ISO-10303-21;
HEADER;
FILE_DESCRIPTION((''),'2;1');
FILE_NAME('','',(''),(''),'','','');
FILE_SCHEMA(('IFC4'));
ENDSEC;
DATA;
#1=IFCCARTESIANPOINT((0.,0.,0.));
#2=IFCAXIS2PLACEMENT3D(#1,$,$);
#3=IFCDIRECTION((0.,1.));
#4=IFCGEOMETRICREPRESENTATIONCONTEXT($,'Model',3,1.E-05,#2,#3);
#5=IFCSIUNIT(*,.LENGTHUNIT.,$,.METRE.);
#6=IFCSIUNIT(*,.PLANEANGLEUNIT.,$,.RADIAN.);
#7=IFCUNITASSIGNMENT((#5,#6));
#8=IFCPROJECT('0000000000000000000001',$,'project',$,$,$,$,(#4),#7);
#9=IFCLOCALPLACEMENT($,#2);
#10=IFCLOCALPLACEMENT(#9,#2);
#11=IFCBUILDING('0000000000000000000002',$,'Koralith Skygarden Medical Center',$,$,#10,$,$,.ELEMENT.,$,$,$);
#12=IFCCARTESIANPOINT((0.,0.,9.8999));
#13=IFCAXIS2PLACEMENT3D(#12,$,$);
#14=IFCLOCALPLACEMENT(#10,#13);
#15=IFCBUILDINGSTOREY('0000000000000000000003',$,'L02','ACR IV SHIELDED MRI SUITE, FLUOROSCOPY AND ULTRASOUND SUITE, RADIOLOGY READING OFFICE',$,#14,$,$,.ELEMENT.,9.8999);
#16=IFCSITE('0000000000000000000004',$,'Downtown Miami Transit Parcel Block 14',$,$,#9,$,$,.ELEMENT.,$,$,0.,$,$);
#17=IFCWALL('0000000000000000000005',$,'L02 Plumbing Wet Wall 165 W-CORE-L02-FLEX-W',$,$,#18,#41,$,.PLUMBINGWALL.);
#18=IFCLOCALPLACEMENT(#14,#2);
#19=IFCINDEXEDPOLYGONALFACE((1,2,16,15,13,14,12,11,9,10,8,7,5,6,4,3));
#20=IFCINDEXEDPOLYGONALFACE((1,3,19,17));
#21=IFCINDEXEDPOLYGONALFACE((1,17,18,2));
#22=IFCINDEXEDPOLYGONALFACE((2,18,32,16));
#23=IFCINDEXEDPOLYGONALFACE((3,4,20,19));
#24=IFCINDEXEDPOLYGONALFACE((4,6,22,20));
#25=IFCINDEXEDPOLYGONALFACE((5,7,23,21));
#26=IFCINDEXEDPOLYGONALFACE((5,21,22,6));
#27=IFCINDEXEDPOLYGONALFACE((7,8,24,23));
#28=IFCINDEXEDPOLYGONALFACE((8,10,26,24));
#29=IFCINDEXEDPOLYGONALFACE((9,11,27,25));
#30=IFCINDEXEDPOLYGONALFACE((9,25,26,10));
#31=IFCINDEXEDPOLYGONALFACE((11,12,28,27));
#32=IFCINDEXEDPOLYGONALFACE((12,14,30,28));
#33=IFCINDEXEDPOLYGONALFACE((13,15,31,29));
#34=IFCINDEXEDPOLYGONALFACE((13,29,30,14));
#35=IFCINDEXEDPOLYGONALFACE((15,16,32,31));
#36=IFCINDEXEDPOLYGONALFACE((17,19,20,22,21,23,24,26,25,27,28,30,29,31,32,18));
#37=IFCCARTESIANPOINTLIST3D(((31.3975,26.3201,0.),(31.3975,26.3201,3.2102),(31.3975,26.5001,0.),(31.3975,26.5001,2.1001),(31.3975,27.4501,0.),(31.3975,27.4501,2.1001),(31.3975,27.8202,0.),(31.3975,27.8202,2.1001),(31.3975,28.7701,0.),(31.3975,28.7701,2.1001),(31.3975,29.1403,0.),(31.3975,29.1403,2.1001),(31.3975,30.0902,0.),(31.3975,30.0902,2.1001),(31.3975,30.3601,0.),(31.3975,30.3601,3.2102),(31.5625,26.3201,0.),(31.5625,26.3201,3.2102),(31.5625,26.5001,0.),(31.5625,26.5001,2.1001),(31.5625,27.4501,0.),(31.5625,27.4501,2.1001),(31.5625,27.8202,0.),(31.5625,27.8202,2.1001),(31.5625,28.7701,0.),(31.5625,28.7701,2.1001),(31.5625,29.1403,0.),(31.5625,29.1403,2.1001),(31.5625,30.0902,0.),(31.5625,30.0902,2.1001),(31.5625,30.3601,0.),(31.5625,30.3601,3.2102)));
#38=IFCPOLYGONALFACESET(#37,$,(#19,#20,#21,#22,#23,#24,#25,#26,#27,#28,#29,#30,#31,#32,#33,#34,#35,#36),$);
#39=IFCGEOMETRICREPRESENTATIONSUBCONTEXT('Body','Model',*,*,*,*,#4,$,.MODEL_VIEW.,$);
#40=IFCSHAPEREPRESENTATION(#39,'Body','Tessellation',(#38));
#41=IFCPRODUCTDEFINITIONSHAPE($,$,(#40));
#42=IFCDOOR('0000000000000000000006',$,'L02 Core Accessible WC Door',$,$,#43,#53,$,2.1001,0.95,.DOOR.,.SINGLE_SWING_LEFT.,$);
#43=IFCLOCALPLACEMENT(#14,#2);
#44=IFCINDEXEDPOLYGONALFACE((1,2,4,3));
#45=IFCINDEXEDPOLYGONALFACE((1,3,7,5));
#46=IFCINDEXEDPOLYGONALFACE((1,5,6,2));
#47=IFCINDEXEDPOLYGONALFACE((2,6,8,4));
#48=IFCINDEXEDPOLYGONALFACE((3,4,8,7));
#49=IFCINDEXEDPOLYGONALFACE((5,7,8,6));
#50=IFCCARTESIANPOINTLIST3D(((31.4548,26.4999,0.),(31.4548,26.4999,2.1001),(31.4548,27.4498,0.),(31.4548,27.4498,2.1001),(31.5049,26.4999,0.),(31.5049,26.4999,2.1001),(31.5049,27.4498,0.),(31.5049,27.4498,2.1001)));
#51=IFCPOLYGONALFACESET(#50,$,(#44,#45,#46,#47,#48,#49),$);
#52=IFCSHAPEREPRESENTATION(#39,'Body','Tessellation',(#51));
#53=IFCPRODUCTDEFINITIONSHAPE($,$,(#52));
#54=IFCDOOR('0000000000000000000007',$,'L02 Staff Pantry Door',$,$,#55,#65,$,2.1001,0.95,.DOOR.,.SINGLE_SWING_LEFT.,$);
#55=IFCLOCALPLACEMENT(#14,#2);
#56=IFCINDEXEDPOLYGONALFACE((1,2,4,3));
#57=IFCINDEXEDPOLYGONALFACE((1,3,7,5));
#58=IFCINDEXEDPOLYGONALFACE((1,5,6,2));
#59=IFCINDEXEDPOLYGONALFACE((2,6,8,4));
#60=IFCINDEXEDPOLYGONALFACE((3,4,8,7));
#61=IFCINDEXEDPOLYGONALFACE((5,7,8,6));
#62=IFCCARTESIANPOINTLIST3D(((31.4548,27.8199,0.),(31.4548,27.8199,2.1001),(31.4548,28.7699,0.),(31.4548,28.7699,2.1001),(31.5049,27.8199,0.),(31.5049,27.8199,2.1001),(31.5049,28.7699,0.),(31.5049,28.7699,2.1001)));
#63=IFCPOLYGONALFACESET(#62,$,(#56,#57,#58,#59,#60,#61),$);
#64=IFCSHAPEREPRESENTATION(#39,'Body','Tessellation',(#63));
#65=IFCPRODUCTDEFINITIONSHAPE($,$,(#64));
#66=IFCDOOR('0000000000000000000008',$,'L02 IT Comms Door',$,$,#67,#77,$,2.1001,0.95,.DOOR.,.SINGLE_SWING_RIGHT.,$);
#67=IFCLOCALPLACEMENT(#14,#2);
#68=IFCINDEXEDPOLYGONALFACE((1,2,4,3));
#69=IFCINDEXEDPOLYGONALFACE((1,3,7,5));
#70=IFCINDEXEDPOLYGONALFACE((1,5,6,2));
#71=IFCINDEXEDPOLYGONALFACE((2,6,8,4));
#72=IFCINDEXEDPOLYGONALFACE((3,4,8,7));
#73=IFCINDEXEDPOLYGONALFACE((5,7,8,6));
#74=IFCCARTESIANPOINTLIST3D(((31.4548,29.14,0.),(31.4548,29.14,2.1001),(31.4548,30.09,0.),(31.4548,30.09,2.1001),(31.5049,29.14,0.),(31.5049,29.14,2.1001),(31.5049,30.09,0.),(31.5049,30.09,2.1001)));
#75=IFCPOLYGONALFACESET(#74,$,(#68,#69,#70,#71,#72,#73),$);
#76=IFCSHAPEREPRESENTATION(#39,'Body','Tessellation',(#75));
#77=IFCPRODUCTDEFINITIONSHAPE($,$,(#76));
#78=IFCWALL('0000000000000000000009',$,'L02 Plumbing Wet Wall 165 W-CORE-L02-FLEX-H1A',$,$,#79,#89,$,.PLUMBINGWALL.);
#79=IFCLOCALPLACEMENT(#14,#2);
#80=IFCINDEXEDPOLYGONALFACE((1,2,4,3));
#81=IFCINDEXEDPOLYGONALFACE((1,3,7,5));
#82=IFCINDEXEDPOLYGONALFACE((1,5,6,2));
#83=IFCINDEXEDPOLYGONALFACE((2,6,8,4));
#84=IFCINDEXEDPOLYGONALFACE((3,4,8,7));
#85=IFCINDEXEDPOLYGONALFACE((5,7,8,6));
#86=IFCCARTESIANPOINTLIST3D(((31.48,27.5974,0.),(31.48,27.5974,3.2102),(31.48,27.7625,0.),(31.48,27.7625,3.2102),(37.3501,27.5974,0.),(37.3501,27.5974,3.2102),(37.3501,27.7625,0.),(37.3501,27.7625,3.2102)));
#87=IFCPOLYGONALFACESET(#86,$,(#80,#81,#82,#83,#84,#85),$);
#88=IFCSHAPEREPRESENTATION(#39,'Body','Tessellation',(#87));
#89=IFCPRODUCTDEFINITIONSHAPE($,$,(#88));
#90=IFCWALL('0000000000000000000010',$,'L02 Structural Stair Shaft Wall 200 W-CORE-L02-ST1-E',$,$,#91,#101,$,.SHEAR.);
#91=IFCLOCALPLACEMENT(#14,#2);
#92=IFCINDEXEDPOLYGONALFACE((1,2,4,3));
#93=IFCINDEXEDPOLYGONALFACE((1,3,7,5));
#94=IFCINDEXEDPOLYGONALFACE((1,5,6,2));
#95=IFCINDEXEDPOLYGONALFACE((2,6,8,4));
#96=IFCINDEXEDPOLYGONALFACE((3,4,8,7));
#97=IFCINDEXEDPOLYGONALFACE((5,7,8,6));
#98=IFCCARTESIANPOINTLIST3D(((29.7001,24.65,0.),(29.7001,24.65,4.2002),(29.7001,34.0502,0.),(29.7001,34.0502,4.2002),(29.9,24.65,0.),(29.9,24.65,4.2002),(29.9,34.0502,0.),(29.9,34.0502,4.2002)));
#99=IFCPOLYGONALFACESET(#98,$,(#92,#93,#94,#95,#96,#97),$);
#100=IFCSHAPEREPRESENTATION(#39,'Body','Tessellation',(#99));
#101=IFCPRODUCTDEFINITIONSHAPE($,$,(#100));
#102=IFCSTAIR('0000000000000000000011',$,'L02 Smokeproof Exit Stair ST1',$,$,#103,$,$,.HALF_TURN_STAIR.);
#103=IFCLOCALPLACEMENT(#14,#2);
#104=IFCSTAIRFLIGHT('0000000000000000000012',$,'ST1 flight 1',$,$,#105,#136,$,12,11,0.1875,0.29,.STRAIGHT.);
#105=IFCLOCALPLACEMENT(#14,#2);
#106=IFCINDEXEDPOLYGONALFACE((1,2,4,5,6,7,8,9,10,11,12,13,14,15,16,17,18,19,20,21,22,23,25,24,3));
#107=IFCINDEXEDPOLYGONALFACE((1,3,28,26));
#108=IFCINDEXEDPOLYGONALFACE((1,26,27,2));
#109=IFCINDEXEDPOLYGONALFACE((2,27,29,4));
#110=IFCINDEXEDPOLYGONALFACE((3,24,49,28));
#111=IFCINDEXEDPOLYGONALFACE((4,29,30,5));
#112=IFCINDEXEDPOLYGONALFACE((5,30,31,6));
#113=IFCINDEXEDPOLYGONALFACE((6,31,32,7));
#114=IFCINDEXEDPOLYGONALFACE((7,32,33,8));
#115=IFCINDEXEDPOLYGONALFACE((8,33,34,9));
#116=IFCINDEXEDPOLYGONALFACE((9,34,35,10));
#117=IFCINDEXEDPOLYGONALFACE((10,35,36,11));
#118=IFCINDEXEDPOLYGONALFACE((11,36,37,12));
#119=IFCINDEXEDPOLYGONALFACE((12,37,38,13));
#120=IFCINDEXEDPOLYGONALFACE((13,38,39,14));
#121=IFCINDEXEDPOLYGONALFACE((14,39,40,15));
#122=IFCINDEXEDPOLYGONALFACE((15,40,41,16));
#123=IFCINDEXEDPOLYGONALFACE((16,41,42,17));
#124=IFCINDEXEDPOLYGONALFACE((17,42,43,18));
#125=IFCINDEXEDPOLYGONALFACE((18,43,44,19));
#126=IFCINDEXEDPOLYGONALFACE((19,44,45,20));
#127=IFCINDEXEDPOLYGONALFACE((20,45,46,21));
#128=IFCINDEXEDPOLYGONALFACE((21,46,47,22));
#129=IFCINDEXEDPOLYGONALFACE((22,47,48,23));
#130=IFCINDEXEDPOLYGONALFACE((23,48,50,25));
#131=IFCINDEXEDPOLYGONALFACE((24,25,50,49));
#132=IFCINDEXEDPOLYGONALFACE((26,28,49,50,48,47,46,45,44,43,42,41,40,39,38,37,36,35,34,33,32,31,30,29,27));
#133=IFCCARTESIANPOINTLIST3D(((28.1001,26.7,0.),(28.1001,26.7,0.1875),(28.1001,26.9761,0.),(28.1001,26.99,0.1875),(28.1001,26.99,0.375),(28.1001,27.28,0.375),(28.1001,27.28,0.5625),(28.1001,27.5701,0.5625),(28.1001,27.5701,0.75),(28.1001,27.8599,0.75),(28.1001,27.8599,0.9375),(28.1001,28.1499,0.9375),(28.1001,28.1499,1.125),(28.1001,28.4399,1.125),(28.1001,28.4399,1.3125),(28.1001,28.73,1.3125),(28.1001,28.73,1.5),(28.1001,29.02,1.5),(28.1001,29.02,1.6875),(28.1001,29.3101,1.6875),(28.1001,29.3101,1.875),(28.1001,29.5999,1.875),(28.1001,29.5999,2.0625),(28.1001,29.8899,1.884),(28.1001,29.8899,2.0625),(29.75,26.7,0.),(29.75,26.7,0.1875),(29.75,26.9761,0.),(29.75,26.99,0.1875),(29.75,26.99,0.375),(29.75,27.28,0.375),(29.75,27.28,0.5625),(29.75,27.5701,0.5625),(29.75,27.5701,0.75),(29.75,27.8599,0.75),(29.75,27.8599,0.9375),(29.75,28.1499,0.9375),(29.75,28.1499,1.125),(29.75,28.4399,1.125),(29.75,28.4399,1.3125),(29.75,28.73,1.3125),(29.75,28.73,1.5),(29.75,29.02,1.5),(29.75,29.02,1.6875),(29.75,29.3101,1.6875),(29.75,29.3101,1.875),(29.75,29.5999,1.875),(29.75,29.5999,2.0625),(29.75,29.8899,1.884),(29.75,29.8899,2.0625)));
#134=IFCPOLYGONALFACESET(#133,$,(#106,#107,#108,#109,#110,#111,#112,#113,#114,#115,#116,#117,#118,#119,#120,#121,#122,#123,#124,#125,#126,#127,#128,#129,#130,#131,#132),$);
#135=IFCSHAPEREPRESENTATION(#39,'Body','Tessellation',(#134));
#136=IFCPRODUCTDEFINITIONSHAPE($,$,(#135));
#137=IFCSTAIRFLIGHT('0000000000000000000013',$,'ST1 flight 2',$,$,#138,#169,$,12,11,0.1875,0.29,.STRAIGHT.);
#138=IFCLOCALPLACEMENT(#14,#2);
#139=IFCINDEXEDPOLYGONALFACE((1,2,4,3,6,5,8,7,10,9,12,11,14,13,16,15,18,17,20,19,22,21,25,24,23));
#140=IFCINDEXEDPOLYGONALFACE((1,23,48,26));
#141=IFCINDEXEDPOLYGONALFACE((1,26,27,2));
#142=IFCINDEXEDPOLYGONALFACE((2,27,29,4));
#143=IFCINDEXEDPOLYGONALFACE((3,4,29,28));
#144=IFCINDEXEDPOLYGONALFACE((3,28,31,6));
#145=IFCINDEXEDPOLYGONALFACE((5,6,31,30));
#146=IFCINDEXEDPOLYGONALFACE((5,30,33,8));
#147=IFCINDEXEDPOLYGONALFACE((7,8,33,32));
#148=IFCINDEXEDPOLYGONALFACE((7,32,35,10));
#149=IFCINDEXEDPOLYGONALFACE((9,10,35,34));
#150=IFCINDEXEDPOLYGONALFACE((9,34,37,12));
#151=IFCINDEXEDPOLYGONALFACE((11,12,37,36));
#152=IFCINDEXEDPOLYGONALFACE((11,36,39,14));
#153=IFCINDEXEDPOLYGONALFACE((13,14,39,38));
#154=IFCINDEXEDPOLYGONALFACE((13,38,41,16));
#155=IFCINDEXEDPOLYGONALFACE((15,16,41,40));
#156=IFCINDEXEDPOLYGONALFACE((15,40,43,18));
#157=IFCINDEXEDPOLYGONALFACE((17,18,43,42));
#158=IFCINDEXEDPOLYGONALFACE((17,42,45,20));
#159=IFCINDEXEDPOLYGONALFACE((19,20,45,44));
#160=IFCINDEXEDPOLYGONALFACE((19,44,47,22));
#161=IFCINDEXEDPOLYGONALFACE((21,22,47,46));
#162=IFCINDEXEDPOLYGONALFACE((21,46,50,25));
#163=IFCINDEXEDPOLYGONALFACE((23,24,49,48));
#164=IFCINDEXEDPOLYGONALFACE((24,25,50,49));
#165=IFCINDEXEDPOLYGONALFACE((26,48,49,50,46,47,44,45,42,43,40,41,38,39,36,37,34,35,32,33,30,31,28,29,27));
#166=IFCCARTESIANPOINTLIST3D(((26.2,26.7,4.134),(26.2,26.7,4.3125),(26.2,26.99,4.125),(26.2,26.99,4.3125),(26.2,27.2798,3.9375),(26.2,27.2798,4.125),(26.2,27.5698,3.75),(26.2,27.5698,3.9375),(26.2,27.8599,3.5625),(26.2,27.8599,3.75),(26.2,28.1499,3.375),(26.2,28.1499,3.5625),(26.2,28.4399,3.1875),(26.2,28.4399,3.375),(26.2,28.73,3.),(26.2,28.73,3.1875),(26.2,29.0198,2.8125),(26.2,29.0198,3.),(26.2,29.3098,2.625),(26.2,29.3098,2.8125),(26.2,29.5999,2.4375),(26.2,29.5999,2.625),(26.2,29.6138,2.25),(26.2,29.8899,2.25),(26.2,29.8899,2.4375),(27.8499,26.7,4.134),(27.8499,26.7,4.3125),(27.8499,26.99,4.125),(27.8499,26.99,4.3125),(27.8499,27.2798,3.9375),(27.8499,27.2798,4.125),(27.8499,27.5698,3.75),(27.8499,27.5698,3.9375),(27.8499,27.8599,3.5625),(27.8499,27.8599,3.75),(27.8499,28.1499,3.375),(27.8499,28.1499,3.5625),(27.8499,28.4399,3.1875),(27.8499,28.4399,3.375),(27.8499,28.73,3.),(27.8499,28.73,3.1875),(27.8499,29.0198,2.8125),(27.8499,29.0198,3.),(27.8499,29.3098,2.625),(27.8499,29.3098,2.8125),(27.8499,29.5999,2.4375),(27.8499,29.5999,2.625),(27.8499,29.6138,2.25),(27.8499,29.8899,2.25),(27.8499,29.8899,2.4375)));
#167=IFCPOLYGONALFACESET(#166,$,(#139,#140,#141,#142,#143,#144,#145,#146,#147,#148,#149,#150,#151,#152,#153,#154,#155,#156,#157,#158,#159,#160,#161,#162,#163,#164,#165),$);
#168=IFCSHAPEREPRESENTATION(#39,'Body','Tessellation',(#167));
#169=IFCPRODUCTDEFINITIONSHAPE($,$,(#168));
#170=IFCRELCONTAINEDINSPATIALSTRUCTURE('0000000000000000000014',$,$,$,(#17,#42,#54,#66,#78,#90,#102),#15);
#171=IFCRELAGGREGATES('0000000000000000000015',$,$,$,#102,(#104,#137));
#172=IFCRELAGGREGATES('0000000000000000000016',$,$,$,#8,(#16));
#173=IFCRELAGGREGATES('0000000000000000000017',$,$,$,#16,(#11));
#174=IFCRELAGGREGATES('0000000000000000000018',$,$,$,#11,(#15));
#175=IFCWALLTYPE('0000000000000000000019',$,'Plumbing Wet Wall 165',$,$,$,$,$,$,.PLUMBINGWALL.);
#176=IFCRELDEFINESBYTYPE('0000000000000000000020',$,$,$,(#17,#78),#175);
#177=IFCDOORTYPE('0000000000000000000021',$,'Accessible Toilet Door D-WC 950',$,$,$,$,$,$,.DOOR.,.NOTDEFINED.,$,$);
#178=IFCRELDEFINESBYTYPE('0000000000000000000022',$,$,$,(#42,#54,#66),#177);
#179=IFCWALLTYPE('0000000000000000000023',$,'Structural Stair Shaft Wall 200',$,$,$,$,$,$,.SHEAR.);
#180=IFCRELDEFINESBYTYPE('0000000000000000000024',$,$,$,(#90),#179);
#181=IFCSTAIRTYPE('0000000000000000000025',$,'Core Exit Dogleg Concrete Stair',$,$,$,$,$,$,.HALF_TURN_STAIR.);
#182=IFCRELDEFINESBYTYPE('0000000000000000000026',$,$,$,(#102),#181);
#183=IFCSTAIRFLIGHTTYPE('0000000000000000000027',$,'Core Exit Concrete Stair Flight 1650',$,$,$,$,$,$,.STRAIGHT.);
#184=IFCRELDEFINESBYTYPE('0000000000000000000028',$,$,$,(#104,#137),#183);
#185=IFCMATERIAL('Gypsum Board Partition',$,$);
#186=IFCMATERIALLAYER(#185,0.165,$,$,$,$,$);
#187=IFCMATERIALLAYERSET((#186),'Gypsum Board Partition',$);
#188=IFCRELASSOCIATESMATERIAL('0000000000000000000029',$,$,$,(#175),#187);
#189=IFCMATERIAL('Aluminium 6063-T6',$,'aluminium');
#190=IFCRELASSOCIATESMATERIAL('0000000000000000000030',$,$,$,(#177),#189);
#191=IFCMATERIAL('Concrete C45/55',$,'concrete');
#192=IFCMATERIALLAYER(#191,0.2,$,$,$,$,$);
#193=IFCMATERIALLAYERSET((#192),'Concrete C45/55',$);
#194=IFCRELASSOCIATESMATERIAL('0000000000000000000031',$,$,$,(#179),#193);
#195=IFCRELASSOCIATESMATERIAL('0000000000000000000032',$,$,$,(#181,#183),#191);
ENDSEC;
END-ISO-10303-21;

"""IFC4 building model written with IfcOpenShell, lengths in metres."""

from ifc_helpers import new_model, si_unit, direction, frame, frame_2d, origin, place, context, subcontext, project, spatial, polyline, rectangle, outline, extrude, material, layer, layer_set, type_object, element, fill, aggregate, save


model = new_model("IFC4")

# Units and contexts
model_context = context("Model", 3, precision=1e-05, world=origin(), true_north=direction((0.0, 1.0)))
body_context = subcontext(model_context, "Body", "Model", "MODEL_VIEW")
ifc_project = project(units=[si_unit("LENGTHUNIT", "METRE"), si_unit("PLANEANGLEUNIT", "RADIAN")], contexts=[model_context])

# Site, building, storey
site_placement = place(None, origin())
site = spatial("IfcSite", under=ifc_project, at=site_placement, Name="Downtown Miami Transit Parcel Block 14", CompositionType="ELEMENT", RefElevation=0.0)
building_placement = place(site_placement, origin())
building = spatial("IfcBuilding", under=site, at=building_placement, Name="Koralith Skygarden Medical Center", CompositionType="ELEMENT")
storey_placement = place(building_placement, frame((0.0, 0.0, 9.8999)))
storey = spatial("IfcBuildingStorey", under=building, at=storey_placement, Name="L02", Description="ACR IV SHIELDED MRI SUITE, FLUOROSCOPY AND ULTRASOUND SUITE, RADIOLOGY READING OFFICE", CompositionType="ELEMENT", Elevation=9.8999)

# Shared definitions
ifc_material_1 = material(Name="Gypsum Board Partition")

# Shared definitions
ifc_material_2 = material(Name="Aluminium 6063-T6", Category="aluminium")

# Wall, openings, doors
ifc_layer_1 = layer(ifc_material_1, 0.165)
ifc_layer_set_1 = layer_set([ifc_layer_1], Name="Gypsum Board Partition")
wall_type_1 = type_object("IfcWallType", Name="Plumbing Wet Wall 165", PredefinedType="PLUMBINGWALL", material=ifc_layer_set_1)
wall_1_placement = place(storey_placement, frame((31.48, 26.3201, 0.0), z_axis=(0.0, 0.0, 1.0), x_axis=(0.0, 1.0, 0.0)))
wall_1 = element("IfcWall", 1, at=wall_1_placement, inside=storey, type_object=wall_type_1, Name="L02 Plumbing Wet Wall 165 W-CORE-L02-FLEX-W", PredefinedType="PLUMBINGWALL", context=body_context, shape_type="SweptSolid", body=[
    extrude(rectangle(XDim=4.04, YDim=0.165, at=frame_2d((2.02, 0.0))), origin(), (0.0, 0.0, 1.0), 3.2102),
])
opening_1_placement = place(wall_1_placement, frame((0.1799, 0.0, 0.0)))
opening_1 = element("IfcOpeningElement", 2, at=opening_1_placement, cuts=wall_1, PredefinedType="OPENING", context=body_context, shape_type="SweptSolid", body=[
    extrude(rectangle(XDim=0.95, YDim=2.1001, at=frame_2d((0.4751, 1.05))), frame((0.0, 0.0925, 0.0), z_axis=(0.0, -1.0, 0.0), x_axis=(1.0, 0.0, 0.0)), (0.0, 0.0, 1.0), 0.1851),
])
opening_2_placement = place(wall_1_placement, frame((1.5, 0.0, 0.0)))
opening_2 = element("IfcOpeningElement", 3, at=opening_2_placement, cuts=wall_1, PredefinedType="OPENING", context=body_context, shape_type="SweptSolid", body=[
    extrude(rectangle(XDim=0.95, YDim=2.1001, at=frame_2d((0.4751, 1.05))), frame((0.0, 0.0925, 0.0), z_axis=(0.0, -1.0, 0.0), x_axis=(1.0, 0.0, 0.0)), (0.0, 0.0, 1.0), 0.1851),
])
opening_3_placement = place(wall_1_placement, frame((2.8201, 0.0, 0.0)))
opening_3 = element("IfcOpeningElement", 4, at=opening_3_placement, cuts=wall_1, PredefinedType="OPENING", context=body_context, shape_type="SweptSolid", body=[
    extrude(rectangle(XDim=0.95, YDim=2.1001, at=frame_2d((0.4751, 1.05))), frame((0.0, 0.0925, 0.0), z_axis=(0.0, -1.0, 0.0), x_axis=(1.0, 0.0, 0.0)), (0.0, 0.0, 1.0), 0.1851),
])
door_type_1 = type_object("IfcDoorType", Name="Accessible Toilet Door D-WC 950", OperationType="NOTDEFINED", PredefinedType="DOOR", material=ifc_material_2)
door_1_placement = place(opening_1_placement, frame((0.95, 0.0, 0.0), z_axis=(0.0, 0.0, 1.0), x_axis=(-1.0, 0.0, 0.0)))
door_1 = element("IfcDoor", 5, at=door_1_placement, inside=storey, type_object=door_type_1, Name="L02 Core Accessible WC Door", OperationType="SINGLE_SWING_LEFT", OverallHeight=2.1001, OverallWidth=0.95, PredefinedType="DOOR", context=body_context, shape_type="SweptSolid", body=[
    extrude(rectangle(XDim=0.95, YDim=2.1001, at=frame_2d((0.4751, 1.05))), frame((0.0, 0.0249, 0.0), z_axis=(0.0, -1.0, 0.0), x_axis=(1.0, 0.0, 0.0)), (0.0, 0.0, 1.0), 0.05),
])
fill(opening_1, door_1)
door_2_placement = place(opening_2_placement, frame((0.95, 0.0, 0.0), z_axis=(0.0, 0.0, 1.0), x_axis=(-1.0, 0.0, 0.0)))
door_2 = element("IfcDoor", 6, at=door_2_placement, inside=storey, type_object=door_type_1, Name="L02 Staff Pantry Door", OperationType="SINGLE_SWING_LEFT", OverallHeight=2.1001, OverallWidth=0.95, PredefinedType="DOOR", context=body_context, shape_type="SweptSolid", body=[
    extrude(rectangle(XDim=0.95, YDim=2.1001, at=frame_2d((0.4751, 1.05))), frame((0.0, 0.0249, 0.0), z_axis=(0.0, -1.0, 0.0), x_axis=(1.0, 0.0, 0.0)), (0.0, 0.0, 1.0), 0.05),
])
fill(opening_2, door_2)
door_3_placement = place(opening_3_placement, frame((0.95, 0.0, 0.0), z_axis=(0.0, 0.0, 1.0), x_axis=(-1.0, 0.0, 0.0)))
door_3 = element("IfcDoor", 7, at=door_3_placement, inside=storey, type_object=door_type_1, Name="L02 IT Comms Door", OperationType="SINGLE_SWING_RIGHT", OverallHeight=2.1001, OverallWidth=0.95, PredefinedType="DOOR", context=body_context, shape_type="SweptSolid", body=[
    extrude(rectangle(XDim=0.95, YDim=2.1001, at=frame_2d((0.4751, 1.05))), frame((0.0, 0.0249, 0.0), z_axis=(0.0, -1.0, 0.0), x_axis=(1.0, 0.0, 0.0)), (0.0, 0.0, 1.0), 0.05),
])
fill(opening_3, door_3)

# Walls
wall_2_placement = place(storey_placement, frame((31.48, 27.6799, 0.0), z_axis=(0.0, 0.0, 1.0), x_axis=(1.0, 0.0, 0.0)))
element("IfcWall", 8, at=wall_2_placement, inside=storey, type_object=wall_type_1, Name="L02 Plumbing Wet Wall 165 W-CORE-L02-FLEX-H1A", PredefinedType="PLUMBINGWALL", context=body_context, shape_type="SweptSolid", body=[
    extrude(rectangle(XDim=5.8701, YDim=0.165, at=frame_2d((2.9351, 0.0))), origin(), (0.0, 0.0, 1.0), 3.2102),
])
ifc_material_3 = material(Name="Concrete C45/55", Category="concrete")
ifc_layer_2 = layer(ifc_material_3, 0.2)
ifc_layer_set_2 = layer_set([ifc_layer_2], Name="Concrete C45/55")
wall_type_2 = type_object("IfcWallType", Name="Structural Stair Shaft Wall 200", PredefinedType="SHEAR", material=ifc_layer_set_2)
wall_3_placement = place(storey_placement, frame((29.8, 24.6499, 0.0), z_axis=(0.0, 0.0, 1.0), x_axis=(0.0, 1.0, 0.0)))
element("IfcWall", 9, at=wall_3_placement, inside=storey, type_object=wall_type_2, Name="L02 Structural Stair Shaft Wall 200 W-CORE-L02-ST1-E", PredefinedType="SHEAR", context=body_context, shape_type="SweptSolid", body=[
    extrude(rectangle(XDim=9.4001, YDim=0.2, at=frame_2d((4.7002, 0.0))), origin(), (0.0, 0.0, 1.0), 4.2002),
])

# Stair, stair flights
stair_type = type_object("IfcStairType", Name="Core Exit Dogleg Concrete Stair", PredefinedType="HALF_TURN_STAIR", material=ifc_material_3)
stair_placement = place(storey_placement, origin())
stair = element("IfcStair", 10, at=stair_placement, inside=storey, type_object=stair_type, Name="L02 Smokeproof Exit Stair ST1", PredefinedType="HALF_TURN_STAIR")
stair_flight_type = type_object("IfcStairFlightType", Name="Core Exit Concrete Stair Flight 1650", PredefinedType="STRAIGHT", material=ifc_material_3)
stair_flight_1_placement = place(storey_placement, frame((28.925, 26.7, 0.0), z_axis=(0.0, 0.0, 1.0), x_axis=(0.0, 1.0, 0.0)))
stair_flight_1 = element("IfcStairFlight", 11, at=stair_flight_1_placement, type_object=stair_flight_type, Name="ST1 flight 1", NumberOfRisers=12, NumberOfTreads=11, PredefinedType="STRAIGHT", RiserHeight=0.1875, TreadLength=0.29, context=body_context, shape_type="SweptSolid", body=[
    extrude(outline(polyline([(0.0, 0.0), (0.0, 0.1875), (0.29, 0.1875), (0.29, 0.375), (0.5801, 0.375), (0.5801, 0.5625), (0.8701, 0.5625), (0.8701, 0.75), (1.1599, 0.75), (1.1599, 0.9375), (1.45, 0.9375), (1.45, 1.125), (1.74, 1.125), (1.74, 1.3125), (2.03, 1.3125), (2.03, 1.5), (2.3201, 1.5), (2.3201, 1.6875), (2.6101, 1.6875), (2.6101, 1.875), (2.8999, 1.875), (2.8999, 2.0625), (3.1899, 2.0625), (3.1899, 2.25), (3.1899, 1.884), (0.2761, 0.0), (0.0, 0.0)])), frame((0.0, 0.825, 0.0), z_axis=(0.0, -1.0, 0.0), x_axis=(1.0, 0.0, 0.0)), (0.0, 0.0, 1.0), 1.6499),
])
stair_flight_2_placement = place(storey_placement, frame((27.0249, 29.8899, 2.25), z_axis=(0.0, 0.0, 1.0), x_axis=(0.0, -1.0, 0.0)))
stair_flight_2 = element("IfcStairFlight", 12, at=stair_flight_2_placement, type_object=stair_flight_type, Name="ST1 flight 2", NumberOfRisers=12, NumberOfTreads=11, PredefinedType="STRAIGHT", RiserHeight=0.1875, TreadLength=0.29, context=body_context, shape_type="SweptSolid", body=[
    extrude(outline(polyline([(0.0, 0.0), (0.0, 0.1875), (0.29, 0.1875), (0.29, 0.375), (0.5801, 0.375), (0.5801, 0.5625), (0.8701, 0.5625), (0.8701, 0.75), (1.1599, 0.75), (1.1599, 0.9375), (1.45, 0.9375), (1.45, 1.125), (1.74, 1.125), (1.74, 1.3125), (2.03, 1.3125), (2.03, 1.5), (2.3201, 1.5), (2.3201, 1.6875), (2.6101, 1.6875), (2.6101, 1.875), (2.8999, 1.875), (2.8999, 2.0625), (3.1899, 2.0625), (3.1899, 2.25), (3.1899, 1.884), (0.2761, 0.0), (0.0, 0.0)])), frame((0.0, 0.825, 0.0), z_axis=(0.0, -1.0, 0.0), x_axis=(1.0, 0.0, 0.0)), (0.0, 0.0, 1.0), 1.6499),
])
aggregate(stair, [stair_flight_1, stair_flight_2])

save(model, "model.ifc")
